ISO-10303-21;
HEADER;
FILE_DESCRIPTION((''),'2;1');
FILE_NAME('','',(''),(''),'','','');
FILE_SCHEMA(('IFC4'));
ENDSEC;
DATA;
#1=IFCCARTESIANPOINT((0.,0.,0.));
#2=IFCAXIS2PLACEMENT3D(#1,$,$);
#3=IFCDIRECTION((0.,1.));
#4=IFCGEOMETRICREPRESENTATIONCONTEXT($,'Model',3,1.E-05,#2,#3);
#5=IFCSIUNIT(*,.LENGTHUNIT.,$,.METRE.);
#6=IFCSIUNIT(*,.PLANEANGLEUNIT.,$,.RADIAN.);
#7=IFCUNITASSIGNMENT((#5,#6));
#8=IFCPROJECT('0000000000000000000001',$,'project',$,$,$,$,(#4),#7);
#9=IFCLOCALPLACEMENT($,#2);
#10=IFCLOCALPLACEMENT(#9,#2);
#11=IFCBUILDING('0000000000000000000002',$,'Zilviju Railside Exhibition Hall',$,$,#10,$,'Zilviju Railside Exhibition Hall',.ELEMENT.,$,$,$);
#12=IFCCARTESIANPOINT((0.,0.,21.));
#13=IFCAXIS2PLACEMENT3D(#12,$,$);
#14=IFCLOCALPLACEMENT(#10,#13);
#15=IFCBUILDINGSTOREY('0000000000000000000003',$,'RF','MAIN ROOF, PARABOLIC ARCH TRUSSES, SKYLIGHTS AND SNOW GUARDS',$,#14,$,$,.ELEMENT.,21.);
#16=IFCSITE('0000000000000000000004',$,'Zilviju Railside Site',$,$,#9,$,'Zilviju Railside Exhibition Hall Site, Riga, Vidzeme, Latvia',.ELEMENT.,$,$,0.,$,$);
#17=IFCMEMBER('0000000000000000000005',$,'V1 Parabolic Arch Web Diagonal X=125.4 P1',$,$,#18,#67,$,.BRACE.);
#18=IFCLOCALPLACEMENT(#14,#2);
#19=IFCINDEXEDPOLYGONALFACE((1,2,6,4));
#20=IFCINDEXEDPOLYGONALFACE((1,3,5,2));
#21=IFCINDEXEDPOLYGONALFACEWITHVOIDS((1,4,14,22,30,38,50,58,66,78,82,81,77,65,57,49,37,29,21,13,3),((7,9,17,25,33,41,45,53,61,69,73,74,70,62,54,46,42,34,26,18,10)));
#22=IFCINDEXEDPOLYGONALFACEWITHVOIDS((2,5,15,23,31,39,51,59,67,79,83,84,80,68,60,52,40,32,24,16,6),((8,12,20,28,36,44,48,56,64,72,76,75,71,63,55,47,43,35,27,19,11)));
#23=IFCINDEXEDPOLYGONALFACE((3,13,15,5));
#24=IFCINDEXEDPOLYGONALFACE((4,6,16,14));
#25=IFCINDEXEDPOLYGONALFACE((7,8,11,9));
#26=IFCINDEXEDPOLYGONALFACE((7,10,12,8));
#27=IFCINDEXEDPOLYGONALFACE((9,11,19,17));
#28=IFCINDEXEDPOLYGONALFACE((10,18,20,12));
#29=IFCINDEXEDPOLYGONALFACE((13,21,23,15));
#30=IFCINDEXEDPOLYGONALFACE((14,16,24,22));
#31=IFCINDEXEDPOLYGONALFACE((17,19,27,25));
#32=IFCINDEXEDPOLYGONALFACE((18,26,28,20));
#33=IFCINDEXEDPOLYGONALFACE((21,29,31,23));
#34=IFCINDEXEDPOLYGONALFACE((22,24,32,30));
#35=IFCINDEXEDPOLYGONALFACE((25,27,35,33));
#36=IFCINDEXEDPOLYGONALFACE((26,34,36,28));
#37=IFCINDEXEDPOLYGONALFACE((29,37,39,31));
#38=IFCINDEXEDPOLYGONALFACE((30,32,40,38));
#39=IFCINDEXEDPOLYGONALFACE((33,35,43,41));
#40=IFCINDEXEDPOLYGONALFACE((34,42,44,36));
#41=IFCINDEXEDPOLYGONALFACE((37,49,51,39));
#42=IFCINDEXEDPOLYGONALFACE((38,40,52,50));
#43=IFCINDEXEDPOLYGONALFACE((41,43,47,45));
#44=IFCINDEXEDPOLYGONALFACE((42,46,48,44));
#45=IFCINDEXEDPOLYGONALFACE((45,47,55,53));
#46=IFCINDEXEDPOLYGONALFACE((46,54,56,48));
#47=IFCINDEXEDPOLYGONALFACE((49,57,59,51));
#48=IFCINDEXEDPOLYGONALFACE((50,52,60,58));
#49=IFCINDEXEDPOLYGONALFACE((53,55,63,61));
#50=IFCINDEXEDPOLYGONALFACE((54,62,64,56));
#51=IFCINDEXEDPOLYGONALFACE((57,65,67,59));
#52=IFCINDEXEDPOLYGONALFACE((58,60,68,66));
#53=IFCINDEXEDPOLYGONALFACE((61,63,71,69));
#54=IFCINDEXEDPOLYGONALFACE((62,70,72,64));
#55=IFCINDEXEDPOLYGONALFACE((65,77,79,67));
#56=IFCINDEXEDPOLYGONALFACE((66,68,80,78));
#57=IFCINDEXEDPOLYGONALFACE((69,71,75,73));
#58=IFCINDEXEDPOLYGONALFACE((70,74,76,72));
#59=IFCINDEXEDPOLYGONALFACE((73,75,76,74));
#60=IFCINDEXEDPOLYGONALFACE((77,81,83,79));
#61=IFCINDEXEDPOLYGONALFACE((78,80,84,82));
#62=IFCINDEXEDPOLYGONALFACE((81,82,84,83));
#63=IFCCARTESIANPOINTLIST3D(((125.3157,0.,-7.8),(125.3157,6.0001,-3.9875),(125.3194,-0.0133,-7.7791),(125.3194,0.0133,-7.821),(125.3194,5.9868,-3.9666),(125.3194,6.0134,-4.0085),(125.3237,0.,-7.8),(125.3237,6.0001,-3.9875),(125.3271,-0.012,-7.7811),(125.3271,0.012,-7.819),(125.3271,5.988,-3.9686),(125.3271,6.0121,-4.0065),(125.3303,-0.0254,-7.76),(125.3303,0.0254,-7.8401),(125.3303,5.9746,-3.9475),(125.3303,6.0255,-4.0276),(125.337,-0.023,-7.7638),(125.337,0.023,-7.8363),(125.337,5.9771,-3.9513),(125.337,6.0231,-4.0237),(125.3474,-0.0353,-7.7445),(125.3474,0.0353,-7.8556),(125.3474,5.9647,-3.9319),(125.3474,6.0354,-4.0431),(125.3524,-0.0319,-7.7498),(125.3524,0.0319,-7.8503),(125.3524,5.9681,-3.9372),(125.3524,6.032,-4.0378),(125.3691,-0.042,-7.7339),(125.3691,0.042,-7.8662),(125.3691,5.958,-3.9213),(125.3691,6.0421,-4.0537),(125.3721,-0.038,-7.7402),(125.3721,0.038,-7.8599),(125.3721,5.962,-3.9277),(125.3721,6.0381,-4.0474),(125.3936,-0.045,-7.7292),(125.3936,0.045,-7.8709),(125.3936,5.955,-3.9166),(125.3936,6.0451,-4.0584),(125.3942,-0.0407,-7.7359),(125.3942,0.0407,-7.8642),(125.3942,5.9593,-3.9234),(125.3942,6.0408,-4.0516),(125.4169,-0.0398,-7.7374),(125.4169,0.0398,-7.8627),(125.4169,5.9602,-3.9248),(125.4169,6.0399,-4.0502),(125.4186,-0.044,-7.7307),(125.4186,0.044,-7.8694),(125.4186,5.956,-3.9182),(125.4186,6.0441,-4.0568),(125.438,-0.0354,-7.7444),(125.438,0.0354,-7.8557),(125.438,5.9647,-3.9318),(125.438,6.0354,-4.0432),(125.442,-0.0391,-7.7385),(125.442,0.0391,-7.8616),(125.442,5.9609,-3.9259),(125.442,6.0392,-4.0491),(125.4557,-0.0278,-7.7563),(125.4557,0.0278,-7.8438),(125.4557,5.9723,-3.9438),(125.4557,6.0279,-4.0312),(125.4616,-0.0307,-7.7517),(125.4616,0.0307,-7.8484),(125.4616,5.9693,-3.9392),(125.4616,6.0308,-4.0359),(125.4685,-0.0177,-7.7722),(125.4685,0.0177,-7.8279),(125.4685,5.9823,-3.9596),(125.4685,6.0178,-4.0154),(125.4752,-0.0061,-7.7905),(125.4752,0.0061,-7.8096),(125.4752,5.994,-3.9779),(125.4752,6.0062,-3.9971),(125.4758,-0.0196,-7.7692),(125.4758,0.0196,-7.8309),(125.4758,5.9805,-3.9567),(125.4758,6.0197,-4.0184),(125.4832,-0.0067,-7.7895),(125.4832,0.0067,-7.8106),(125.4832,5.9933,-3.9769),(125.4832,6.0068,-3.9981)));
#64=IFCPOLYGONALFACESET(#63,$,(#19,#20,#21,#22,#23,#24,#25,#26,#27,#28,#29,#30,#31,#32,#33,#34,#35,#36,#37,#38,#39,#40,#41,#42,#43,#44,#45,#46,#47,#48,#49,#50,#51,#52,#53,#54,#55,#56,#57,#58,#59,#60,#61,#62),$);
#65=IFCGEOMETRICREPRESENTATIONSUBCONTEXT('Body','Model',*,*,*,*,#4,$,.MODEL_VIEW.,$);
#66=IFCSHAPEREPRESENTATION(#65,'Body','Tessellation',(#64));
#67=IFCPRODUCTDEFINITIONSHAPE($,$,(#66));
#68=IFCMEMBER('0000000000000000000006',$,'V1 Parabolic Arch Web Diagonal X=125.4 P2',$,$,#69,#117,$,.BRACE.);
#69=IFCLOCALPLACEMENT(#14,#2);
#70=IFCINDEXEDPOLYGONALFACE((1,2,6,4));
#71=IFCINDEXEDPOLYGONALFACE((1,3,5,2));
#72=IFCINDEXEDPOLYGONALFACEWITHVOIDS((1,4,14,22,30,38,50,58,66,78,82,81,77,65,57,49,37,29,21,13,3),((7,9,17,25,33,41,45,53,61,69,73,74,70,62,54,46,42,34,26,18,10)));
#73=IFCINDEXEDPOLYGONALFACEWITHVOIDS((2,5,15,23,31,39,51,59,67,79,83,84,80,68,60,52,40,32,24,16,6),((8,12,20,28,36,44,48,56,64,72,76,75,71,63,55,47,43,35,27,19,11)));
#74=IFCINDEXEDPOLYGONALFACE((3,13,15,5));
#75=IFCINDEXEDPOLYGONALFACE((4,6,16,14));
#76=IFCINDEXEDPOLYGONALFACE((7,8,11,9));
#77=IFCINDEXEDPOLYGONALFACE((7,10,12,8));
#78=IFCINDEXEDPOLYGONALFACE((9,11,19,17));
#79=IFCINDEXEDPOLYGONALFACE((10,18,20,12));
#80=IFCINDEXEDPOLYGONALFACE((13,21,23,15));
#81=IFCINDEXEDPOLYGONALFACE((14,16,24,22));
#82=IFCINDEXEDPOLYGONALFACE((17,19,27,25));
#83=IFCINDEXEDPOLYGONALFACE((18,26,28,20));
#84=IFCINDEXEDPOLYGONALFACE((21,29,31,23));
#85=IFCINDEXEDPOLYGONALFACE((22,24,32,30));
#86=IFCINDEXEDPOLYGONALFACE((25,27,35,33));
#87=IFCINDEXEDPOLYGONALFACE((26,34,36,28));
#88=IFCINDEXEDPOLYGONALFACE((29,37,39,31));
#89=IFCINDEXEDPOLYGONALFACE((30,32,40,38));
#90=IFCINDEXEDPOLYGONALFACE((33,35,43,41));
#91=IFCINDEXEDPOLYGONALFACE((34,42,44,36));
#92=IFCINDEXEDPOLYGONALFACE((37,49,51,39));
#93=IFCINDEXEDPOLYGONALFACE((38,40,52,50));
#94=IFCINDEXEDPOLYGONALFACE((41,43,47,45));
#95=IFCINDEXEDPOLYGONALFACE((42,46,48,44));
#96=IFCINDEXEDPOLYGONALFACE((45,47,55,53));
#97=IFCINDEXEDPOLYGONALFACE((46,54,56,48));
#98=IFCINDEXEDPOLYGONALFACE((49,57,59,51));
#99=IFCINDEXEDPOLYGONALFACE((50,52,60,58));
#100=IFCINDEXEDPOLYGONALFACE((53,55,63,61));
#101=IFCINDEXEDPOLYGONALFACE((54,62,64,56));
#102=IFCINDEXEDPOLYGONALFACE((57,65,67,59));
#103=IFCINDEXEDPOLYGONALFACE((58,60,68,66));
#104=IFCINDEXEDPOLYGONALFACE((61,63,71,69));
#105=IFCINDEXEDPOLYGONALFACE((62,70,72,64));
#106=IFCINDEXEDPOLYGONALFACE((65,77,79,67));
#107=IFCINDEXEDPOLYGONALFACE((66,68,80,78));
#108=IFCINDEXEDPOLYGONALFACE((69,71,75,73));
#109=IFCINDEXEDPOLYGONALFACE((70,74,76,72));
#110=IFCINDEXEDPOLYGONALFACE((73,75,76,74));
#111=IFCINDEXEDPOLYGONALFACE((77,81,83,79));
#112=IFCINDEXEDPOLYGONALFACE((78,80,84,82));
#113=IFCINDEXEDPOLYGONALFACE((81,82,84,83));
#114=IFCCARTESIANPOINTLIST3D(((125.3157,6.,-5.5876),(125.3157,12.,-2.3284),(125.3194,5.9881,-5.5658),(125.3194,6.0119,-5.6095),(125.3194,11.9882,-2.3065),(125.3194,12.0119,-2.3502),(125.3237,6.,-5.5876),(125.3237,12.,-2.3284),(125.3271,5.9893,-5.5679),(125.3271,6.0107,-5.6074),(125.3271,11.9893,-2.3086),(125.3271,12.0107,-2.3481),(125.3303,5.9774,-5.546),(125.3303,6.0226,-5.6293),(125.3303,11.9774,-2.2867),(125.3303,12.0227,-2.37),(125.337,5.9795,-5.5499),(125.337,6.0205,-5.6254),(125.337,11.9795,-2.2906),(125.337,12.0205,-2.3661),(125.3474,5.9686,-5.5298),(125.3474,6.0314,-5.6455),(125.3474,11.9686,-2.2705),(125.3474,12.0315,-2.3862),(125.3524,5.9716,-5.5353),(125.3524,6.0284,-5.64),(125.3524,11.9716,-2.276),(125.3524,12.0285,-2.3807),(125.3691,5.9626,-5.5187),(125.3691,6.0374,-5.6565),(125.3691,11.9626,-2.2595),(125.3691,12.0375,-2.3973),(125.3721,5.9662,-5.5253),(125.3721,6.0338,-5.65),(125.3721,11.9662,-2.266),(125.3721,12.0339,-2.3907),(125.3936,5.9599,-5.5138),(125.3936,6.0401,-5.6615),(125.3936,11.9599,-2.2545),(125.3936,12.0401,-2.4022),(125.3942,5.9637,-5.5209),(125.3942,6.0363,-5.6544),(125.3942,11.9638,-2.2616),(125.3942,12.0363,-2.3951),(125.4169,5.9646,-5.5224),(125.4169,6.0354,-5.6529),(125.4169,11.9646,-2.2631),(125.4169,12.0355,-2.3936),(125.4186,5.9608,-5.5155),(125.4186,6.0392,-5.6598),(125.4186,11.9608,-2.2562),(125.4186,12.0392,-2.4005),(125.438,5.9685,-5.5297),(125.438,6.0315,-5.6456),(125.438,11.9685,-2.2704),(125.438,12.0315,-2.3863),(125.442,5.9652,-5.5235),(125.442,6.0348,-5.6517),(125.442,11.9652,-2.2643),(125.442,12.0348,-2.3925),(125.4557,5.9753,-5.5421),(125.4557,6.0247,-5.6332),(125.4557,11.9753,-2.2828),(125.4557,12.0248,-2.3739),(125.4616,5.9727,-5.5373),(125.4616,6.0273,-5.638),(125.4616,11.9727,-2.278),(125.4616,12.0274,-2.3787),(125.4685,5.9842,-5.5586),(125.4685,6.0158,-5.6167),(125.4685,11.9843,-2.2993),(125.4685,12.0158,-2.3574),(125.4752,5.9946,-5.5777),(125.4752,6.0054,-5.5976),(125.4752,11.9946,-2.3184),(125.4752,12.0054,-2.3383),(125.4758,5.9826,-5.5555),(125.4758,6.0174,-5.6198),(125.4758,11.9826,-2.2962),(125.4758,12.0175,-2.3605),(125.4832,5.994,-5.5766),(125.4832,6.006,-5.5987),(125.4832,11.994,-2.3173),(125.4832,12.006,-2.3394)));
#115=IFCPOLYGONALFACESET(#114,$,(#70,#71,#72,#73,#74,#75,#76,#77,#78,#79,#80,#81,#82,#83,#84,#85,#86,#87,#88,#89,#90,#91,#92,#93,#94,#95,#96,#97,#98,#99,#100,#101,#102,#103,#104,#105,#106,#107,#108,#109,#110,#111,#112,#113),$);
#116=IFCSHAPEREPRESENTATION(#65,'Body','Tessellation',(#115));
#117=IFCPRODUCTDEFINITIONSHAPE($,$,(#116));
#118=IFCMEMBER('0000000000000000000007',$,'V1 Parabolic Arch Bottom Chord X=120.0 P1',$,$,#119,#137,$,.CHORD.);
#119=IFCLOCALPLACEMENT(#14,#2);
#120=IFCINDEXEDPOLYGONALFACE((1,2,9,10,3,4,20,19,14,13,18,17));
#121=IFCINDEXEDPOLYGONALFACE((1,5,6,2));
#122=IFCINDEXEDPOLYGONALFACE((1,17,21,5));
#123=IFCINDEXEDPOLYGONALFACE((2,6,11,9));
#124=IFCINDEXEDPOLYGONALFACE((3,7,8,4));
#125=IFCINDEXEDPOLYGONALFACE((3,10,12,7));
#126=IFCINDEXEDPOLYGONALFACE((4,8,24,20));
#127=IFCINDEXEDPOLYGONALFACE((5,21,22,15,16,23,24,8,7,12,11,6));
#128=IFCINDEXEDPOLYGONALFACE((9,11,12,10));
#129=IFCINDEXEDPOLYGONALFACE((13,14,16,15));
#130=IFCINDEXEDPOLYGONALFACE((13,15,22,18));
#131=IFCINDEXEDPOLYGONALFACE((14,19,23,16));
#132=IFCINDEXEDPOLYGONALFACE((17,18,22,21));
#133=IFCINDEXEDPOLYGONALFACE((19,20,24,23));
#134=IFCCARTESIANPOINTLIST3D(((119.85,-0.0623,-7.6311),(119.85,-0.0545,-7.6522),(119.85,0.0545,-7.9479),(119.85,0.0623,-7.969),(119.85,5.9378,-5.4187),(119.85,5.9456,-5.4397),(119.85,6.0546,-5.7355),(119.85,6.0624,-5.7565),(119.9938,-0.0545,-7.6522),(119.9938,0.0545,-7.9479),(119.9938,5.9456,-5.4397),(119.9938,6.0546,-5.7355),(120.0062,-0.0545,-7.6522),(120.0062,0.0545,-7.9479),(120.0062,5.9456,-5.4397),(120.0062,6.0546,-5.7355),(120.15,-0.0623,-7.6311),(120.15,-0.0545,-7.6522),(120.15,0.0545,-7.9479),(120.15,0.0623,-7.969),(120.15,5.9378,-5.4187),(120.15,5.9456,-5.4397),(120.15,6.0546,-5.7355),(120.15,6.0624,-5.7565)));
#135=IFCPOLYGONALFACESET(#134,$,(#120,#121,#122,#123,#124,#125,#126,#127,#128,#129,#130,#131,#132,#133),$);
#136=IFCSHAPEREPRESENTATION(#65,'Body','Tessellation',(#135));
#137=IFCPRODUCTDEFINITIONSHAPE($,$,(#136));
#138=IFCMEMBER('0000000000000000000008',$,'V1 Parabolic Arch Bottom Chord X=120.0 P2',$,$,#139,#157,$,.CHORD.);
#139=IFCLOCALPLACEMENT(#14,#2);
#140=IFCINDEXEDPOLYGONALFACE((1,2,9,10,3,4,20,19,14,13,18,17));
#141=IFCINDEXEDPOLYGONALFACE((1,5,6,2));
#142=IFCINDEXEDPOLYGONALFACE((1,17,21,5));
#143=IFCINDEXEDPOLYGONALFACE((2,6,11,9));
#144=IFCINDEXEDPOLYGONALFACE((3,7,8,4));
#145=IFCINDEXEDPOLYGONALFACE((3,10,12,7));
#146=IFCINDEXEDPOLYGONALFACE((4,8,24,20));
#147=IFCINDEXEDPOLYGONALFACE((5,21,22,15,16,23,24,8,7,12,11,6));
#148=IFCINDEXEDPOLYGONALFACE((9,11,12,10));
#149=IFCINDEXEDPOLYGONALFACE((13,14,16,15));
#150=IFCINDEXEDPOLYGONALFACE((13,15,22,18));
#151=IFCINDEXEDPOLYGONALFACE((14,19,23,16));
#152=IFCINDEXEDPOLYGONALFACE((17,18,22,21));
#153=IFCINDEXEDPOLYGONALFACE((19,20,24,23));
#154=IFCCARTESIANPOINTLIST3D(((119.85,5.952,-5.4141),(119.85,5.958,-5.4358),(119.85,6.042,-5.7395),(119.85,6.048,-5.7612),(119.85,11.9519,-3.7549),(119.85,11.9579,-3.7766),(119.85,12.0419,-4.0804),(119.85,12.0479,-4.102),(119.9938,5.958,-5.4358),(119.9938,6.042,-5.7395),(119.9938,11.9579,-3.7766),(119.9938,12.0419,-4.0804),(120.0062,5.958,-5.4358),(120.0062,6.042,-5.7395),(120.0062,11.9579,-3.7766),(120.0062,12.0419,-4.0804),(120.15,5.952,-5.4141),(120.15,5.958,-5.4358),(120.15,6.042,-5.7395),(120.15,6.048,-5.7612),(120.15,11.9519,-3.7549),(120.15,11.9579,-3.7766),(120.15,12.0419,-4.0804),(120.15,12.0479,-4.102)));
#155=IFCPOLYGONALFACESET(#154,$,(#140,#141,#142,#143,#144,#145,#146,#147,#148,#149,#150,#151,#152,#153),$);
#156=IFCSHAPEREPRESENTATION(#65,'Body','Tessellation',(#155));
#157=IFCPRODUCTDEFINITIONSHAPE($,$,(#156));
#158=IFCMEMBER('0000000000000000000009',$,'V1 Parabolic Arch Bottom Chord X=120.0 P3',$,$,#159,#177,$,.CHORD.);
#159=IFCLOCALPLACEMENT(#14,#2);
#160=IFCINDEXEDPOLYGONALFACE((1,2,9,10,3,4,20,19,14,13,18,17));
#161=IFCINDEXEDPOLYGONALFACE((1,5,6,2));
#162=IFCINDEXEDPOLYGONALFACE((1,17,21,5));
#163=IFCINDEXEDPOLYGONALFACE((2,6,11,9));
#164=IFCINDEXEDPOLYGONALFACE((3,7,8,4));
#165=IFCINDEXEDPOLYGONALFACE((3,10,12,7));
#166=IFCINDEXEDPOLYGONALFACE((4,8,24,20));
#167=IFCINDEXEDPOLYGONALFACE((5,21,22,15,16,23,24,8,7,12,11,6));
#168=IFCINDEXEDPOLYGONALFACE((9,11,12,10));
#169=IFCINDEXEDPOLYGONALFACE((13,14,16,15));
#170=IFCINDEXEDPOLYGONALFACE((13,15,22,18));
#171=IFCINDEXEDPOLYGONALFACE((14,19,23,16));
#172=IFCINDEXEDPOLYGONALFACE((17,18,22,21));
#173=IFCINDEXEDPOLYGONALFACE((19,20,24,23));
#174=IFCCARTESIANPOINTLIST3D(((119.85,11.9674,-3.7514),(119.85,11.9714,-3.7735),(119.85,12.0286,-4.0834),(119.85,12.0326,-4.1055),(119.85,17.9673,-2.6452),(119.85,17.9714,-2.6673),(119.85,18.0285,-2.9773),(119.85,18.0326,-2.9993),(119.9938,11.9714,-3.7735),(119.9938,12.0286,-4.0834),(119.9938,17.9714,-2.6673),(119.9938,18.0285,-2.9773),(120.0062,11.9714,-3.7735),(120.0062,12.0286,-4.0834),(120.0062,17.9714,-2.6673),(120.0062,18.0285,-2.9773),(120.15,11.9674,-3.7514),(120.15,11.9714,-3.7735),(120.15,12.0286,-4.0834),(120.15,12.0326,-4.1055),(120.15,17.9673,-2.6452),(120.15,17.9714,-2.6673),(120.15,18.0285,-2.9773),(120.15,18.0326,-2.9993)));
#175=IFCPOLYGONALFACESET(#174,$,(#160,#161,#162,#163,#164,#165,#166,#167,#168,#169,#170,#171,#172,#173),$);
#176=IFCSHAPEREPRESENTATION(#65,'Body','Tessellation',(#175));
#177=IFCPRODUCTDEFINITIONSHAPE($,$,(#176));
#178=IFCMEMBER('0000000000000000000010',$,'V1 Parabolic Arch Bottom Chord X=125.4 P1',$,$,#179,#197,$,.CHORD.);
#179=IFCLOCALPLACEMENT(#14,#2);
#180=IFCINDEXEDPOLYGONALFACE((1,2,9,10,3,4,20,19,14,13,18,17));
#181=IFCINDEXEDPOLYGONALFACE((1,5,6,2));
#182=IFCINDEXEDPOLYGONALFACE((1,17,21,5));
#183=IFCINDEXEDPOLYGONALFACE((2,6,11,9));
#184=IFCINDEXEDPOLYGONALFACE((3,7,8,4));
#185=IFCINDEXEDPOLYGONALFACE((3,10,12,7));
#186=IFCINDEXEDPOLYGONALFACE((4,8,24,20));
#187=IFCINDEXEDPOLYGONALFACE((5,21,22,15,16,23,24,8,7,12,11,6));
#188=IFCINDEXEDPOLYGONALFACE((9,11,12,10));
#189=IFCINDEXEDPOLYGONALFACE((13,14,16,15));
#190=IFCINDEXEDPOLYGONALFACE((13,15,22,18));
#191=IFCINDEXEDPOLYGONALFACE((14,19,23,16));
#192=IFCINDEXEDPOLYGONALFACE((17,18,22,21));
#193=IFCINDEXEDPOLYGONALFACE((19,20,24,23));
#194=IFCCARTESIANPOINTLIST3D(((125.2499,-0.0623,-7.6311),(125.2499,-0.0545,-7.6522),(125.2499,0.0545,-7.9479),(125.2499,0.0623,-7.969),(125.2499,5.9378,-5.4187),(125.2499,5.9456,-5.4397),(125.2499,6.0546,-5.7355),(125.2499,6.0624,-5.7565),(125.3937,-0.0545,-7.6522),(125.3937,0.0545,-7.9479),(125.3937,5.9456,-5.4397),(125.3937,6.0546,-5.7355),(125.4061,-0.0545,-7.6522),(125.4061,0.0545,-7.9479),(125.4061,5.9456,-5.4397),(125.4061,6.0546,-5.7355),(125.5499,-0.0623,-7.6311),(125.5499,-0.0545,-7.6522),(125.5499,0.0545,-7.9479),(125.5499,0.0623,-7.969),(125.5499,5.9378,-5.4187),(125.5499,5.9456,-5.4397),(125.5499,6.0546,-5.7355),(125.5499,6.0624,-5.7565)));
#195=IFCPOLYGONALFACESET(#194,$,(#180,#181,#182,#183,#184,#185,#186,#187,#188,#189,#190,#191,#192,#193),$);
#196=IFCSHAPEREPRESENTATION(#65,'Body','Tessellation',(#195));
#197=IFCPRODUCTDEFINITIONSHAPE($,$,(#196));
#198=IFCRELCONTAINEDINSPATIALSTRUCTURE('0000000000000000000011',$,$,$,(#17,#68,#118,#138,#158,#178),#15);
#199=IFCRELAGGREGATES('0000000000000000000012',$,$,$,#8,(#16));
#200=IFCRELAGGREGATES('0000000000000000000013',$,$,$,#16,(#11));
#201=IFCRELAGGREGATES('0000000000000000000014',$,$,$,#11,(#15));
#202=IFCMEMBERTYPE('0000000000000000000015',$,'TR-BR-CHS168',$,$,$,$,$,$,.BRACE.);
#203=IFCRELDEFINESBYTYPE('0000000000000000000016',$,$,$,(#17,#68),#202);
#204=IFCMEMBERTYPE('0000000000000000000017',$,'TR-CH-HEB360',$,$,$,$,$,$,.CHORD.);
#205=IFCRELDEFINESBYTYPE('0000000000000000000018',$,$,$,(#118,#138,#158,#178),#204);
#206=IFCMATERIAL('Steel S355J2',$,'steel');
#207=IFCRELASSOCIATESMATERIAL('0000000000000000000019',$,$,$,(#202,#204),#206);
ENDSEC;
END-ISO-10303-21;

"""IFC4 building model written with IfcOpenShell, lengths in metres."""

from ifc_helpers import new_model, si_unit, direction, frame, origin, origin_2d, place, context, subcontext, project, spatial, hollow_circle, i_section, extrude, material, material_profile, profile_set, type_object, element, save


model = new_model("IFC4")

# Units and contexts
model_context = context("Model", 3, precision=1e-05, world=origin(), true_north=direction((0.0, 1.0)))
body_context = subcontext(model_context, "Body", "Model", "MODEL_VIEW")
ifc_project = project(units=[si_unit("LENGTHUNIT", "METRE"), si_unit("PLANEANGLEUNIT", "RADIAN")], contexts=[model_context])

# Site, building, storey
site_placement = place(None, origin())
site = spatial("IfcSite", under=ifc_project, at=site_placement, Name="Zilviju Railside Site", LongName="Zilviju Railside Exhibition Hall Site, Riga, Vidzeme, Latvia", CompositionType="ELEMENT", RefElevation=0.0)
building_placement = place(site_placement, origin())
building = spatial("IfcBuilding", under=site, at=building_placement, Name="Zilviju Railside Exhibition Hall", LongName="Zilviju Railside Exhibition Hall", CompositionType="ELEMENT")
storey_placement = place(building_placement, frame((0.0, 0.0, 21.0)))
storey = spatial("IfcBuildingStorey", under=building, at=storey_placement, Name="RF", Description="MAIN ROOF, PARABOLIC ARCH TRUSSES, SKYLIGHTS AND SNOW GUARDS", CompositionType="ELEMENT", Elevation=21.0)

# Members
ifc_material_1 = material(Name="Steel S355J2", Category="steel")
ifc_material_profile_1 = material_profile(ifc_material_1, hollow_circle(Radius=0.0842, WallThickness=0.0081, at=origin_2d()), Name="CHS 168.3x8.0")
ifc_profile_set_1 = profile_set([ifc_material_profile_1], Name="Steel S355J2")
member_type_1 = type_object("IfcMemberType", Name="TR-BR-CHS168", PredefinedType="BRACE", material=ifc_profile_set_1)
member_1_placement = place(storey_placement, frame((125.3999, 0.0, -7.8), z_axis=(0.0, 0.844023, 0.536306), x_axis=(-1.0, 0.0, 0.0)))
element("IfcMember", 1, at=member_1_placement, inside=storey, type_object=member_type_1, Name="V1 Parabolic Arch Web Diagonal X=125.4 P1", PredefinedType="BRACE", context=body_context, shape_type="SweptSolid", body=[
    extrude(hollow_circle(Radius=0.0842, WallThickness=0.0081, at=origin_2d()), origin(), (0.0, 0.0, 1.0), 7.1089),
])
member_2_placement = place(storey_placement, frame((125.3999, 6.0, -5.5876), z_axis=(0.0, 0.878722, 0.477333), x_axis=(-1.0, 0.0, 0.0)))
element("IfcMember", 2, at=member_2_placement, inside=storey, type_object=member_type_1, Name="V1 Parabolic Arch Web Diagonal X=125.4 P2", PredefinedType="BRACE", context=body_context, shape_type="SweptSolid", body=[
    extrude(hollow_circle(Radius=0.0842, WallThickness=0.0081, at=origin_2d()), origin(), (0.0, 0.0, 1.0), 6.8281),
])
ifc_material_profile_2 = material_profile(ifc_material_1, i_section(OverallWidth=0.3, OverallDepth=0.3601, WebThickness=0.0125, FlangeThickness=0.0225, at=origin_2d()), Name="HEB 360")
ifc_profile_set_2 = profile_set([ifc_material_profile_2], Name="Steel S355J2")
member_type_2 = type_object("IfcMemberType", Name="TR-CH-HEB360", PredefinedType="CHORD", material=ifc_profile_set_2)
member_3_placement = place(storey_placement, frame((120.0, 0.0, -7.8), z_axis=(0.0, 0.938248, 0.345964), x_axis=(-1.0, 0.0, 0.0)))
element("IfcMember", 3, at=member_3_placement, inside=storey, type_object=member_type_2, Name="V1 Parabolic Arch Bottom Chord X=120.0 P1", PredefinedType="CHORD", context=body_context, shape_type="SweptSolid", body=[
    extrude(i_section(OverallWidth=0.3, OverallDepth=0.3601, WebThickness=0.0125, FlangeThickness=0.0225, at=origin_2d()), origin(), (0.0, 0.0, 1.0), 6.395),
])
member_4_placement = place(storey_placement, frame((120.0, 6.0, -5.5876), z_axis=(0.0, 0.963827, 0.266527), x_axis=(-1.0, 0.0, 0.0)))
element("IfcMember", 4, at=member_4_placement, inside=storey, type_object=member_type_2, Name="V1 Parabolic Arch Bottom Chord X=120.0 P2", PredefinedType="CHORD", context=body_context, shape_type="SweptSolid", body=[
    extrude(i_section(OverallWidth=0.3, OverallDepth=0.3601, WebThickness=0.0125, FlangeThickness=0.0225, at=origin_2d()), origin(), (0.0, 0.0, 1.0), 6.2251),
])
member_5_placement = place(storey_placement, frame((120.0, 12.0, -3.9285), z_axis=(0.0, 0.983426, 0.181311), x_axis=(-1.0, 0.0, 0.0)))
element("IfcMember", 5, at=member_5_placement, inside=storey, type_object=member_type_2, Name="V1 Parabolic Arch Bottom Chord X=120.0 P3", PredefinedType="CHORD", context=body_context, shape_type="SweptSolid", body=[
    extrude(i_section(OverallWidth=0.3, OverallDepth=0.3601, WebThickness=0.0125, FlangeThickness=0.0225, at=origin_2d()), origin(), (0.0, 0.0, 1.0), 6.1011),
])
member_6_placement = place(storey_placement, frame((125.3999, 0.0, -7.8), z_axis=(0.0, 0.938248, 0.345964), x_axis=(-1.0, 0.0, 0.0)))
element("IfcMember", 6, at=member_6_placement, inside=storey, type_object=member_type_2, Name="V1 Parabolic Arch Bottom Chord X=125.4 P1", PredefinedType="CHORD", context=body_context, shape_type="SweptSolid", body=[
    extrude(i_section(OverallWidth=0.3, OverallDepth=0.3601, WebThickness=0.0125, FlangeThickness=0.0225, at=origin_2d()), origin(), (0.0, 0.0, 1.0), 6.395),
])

save(model, "model.ifc")
